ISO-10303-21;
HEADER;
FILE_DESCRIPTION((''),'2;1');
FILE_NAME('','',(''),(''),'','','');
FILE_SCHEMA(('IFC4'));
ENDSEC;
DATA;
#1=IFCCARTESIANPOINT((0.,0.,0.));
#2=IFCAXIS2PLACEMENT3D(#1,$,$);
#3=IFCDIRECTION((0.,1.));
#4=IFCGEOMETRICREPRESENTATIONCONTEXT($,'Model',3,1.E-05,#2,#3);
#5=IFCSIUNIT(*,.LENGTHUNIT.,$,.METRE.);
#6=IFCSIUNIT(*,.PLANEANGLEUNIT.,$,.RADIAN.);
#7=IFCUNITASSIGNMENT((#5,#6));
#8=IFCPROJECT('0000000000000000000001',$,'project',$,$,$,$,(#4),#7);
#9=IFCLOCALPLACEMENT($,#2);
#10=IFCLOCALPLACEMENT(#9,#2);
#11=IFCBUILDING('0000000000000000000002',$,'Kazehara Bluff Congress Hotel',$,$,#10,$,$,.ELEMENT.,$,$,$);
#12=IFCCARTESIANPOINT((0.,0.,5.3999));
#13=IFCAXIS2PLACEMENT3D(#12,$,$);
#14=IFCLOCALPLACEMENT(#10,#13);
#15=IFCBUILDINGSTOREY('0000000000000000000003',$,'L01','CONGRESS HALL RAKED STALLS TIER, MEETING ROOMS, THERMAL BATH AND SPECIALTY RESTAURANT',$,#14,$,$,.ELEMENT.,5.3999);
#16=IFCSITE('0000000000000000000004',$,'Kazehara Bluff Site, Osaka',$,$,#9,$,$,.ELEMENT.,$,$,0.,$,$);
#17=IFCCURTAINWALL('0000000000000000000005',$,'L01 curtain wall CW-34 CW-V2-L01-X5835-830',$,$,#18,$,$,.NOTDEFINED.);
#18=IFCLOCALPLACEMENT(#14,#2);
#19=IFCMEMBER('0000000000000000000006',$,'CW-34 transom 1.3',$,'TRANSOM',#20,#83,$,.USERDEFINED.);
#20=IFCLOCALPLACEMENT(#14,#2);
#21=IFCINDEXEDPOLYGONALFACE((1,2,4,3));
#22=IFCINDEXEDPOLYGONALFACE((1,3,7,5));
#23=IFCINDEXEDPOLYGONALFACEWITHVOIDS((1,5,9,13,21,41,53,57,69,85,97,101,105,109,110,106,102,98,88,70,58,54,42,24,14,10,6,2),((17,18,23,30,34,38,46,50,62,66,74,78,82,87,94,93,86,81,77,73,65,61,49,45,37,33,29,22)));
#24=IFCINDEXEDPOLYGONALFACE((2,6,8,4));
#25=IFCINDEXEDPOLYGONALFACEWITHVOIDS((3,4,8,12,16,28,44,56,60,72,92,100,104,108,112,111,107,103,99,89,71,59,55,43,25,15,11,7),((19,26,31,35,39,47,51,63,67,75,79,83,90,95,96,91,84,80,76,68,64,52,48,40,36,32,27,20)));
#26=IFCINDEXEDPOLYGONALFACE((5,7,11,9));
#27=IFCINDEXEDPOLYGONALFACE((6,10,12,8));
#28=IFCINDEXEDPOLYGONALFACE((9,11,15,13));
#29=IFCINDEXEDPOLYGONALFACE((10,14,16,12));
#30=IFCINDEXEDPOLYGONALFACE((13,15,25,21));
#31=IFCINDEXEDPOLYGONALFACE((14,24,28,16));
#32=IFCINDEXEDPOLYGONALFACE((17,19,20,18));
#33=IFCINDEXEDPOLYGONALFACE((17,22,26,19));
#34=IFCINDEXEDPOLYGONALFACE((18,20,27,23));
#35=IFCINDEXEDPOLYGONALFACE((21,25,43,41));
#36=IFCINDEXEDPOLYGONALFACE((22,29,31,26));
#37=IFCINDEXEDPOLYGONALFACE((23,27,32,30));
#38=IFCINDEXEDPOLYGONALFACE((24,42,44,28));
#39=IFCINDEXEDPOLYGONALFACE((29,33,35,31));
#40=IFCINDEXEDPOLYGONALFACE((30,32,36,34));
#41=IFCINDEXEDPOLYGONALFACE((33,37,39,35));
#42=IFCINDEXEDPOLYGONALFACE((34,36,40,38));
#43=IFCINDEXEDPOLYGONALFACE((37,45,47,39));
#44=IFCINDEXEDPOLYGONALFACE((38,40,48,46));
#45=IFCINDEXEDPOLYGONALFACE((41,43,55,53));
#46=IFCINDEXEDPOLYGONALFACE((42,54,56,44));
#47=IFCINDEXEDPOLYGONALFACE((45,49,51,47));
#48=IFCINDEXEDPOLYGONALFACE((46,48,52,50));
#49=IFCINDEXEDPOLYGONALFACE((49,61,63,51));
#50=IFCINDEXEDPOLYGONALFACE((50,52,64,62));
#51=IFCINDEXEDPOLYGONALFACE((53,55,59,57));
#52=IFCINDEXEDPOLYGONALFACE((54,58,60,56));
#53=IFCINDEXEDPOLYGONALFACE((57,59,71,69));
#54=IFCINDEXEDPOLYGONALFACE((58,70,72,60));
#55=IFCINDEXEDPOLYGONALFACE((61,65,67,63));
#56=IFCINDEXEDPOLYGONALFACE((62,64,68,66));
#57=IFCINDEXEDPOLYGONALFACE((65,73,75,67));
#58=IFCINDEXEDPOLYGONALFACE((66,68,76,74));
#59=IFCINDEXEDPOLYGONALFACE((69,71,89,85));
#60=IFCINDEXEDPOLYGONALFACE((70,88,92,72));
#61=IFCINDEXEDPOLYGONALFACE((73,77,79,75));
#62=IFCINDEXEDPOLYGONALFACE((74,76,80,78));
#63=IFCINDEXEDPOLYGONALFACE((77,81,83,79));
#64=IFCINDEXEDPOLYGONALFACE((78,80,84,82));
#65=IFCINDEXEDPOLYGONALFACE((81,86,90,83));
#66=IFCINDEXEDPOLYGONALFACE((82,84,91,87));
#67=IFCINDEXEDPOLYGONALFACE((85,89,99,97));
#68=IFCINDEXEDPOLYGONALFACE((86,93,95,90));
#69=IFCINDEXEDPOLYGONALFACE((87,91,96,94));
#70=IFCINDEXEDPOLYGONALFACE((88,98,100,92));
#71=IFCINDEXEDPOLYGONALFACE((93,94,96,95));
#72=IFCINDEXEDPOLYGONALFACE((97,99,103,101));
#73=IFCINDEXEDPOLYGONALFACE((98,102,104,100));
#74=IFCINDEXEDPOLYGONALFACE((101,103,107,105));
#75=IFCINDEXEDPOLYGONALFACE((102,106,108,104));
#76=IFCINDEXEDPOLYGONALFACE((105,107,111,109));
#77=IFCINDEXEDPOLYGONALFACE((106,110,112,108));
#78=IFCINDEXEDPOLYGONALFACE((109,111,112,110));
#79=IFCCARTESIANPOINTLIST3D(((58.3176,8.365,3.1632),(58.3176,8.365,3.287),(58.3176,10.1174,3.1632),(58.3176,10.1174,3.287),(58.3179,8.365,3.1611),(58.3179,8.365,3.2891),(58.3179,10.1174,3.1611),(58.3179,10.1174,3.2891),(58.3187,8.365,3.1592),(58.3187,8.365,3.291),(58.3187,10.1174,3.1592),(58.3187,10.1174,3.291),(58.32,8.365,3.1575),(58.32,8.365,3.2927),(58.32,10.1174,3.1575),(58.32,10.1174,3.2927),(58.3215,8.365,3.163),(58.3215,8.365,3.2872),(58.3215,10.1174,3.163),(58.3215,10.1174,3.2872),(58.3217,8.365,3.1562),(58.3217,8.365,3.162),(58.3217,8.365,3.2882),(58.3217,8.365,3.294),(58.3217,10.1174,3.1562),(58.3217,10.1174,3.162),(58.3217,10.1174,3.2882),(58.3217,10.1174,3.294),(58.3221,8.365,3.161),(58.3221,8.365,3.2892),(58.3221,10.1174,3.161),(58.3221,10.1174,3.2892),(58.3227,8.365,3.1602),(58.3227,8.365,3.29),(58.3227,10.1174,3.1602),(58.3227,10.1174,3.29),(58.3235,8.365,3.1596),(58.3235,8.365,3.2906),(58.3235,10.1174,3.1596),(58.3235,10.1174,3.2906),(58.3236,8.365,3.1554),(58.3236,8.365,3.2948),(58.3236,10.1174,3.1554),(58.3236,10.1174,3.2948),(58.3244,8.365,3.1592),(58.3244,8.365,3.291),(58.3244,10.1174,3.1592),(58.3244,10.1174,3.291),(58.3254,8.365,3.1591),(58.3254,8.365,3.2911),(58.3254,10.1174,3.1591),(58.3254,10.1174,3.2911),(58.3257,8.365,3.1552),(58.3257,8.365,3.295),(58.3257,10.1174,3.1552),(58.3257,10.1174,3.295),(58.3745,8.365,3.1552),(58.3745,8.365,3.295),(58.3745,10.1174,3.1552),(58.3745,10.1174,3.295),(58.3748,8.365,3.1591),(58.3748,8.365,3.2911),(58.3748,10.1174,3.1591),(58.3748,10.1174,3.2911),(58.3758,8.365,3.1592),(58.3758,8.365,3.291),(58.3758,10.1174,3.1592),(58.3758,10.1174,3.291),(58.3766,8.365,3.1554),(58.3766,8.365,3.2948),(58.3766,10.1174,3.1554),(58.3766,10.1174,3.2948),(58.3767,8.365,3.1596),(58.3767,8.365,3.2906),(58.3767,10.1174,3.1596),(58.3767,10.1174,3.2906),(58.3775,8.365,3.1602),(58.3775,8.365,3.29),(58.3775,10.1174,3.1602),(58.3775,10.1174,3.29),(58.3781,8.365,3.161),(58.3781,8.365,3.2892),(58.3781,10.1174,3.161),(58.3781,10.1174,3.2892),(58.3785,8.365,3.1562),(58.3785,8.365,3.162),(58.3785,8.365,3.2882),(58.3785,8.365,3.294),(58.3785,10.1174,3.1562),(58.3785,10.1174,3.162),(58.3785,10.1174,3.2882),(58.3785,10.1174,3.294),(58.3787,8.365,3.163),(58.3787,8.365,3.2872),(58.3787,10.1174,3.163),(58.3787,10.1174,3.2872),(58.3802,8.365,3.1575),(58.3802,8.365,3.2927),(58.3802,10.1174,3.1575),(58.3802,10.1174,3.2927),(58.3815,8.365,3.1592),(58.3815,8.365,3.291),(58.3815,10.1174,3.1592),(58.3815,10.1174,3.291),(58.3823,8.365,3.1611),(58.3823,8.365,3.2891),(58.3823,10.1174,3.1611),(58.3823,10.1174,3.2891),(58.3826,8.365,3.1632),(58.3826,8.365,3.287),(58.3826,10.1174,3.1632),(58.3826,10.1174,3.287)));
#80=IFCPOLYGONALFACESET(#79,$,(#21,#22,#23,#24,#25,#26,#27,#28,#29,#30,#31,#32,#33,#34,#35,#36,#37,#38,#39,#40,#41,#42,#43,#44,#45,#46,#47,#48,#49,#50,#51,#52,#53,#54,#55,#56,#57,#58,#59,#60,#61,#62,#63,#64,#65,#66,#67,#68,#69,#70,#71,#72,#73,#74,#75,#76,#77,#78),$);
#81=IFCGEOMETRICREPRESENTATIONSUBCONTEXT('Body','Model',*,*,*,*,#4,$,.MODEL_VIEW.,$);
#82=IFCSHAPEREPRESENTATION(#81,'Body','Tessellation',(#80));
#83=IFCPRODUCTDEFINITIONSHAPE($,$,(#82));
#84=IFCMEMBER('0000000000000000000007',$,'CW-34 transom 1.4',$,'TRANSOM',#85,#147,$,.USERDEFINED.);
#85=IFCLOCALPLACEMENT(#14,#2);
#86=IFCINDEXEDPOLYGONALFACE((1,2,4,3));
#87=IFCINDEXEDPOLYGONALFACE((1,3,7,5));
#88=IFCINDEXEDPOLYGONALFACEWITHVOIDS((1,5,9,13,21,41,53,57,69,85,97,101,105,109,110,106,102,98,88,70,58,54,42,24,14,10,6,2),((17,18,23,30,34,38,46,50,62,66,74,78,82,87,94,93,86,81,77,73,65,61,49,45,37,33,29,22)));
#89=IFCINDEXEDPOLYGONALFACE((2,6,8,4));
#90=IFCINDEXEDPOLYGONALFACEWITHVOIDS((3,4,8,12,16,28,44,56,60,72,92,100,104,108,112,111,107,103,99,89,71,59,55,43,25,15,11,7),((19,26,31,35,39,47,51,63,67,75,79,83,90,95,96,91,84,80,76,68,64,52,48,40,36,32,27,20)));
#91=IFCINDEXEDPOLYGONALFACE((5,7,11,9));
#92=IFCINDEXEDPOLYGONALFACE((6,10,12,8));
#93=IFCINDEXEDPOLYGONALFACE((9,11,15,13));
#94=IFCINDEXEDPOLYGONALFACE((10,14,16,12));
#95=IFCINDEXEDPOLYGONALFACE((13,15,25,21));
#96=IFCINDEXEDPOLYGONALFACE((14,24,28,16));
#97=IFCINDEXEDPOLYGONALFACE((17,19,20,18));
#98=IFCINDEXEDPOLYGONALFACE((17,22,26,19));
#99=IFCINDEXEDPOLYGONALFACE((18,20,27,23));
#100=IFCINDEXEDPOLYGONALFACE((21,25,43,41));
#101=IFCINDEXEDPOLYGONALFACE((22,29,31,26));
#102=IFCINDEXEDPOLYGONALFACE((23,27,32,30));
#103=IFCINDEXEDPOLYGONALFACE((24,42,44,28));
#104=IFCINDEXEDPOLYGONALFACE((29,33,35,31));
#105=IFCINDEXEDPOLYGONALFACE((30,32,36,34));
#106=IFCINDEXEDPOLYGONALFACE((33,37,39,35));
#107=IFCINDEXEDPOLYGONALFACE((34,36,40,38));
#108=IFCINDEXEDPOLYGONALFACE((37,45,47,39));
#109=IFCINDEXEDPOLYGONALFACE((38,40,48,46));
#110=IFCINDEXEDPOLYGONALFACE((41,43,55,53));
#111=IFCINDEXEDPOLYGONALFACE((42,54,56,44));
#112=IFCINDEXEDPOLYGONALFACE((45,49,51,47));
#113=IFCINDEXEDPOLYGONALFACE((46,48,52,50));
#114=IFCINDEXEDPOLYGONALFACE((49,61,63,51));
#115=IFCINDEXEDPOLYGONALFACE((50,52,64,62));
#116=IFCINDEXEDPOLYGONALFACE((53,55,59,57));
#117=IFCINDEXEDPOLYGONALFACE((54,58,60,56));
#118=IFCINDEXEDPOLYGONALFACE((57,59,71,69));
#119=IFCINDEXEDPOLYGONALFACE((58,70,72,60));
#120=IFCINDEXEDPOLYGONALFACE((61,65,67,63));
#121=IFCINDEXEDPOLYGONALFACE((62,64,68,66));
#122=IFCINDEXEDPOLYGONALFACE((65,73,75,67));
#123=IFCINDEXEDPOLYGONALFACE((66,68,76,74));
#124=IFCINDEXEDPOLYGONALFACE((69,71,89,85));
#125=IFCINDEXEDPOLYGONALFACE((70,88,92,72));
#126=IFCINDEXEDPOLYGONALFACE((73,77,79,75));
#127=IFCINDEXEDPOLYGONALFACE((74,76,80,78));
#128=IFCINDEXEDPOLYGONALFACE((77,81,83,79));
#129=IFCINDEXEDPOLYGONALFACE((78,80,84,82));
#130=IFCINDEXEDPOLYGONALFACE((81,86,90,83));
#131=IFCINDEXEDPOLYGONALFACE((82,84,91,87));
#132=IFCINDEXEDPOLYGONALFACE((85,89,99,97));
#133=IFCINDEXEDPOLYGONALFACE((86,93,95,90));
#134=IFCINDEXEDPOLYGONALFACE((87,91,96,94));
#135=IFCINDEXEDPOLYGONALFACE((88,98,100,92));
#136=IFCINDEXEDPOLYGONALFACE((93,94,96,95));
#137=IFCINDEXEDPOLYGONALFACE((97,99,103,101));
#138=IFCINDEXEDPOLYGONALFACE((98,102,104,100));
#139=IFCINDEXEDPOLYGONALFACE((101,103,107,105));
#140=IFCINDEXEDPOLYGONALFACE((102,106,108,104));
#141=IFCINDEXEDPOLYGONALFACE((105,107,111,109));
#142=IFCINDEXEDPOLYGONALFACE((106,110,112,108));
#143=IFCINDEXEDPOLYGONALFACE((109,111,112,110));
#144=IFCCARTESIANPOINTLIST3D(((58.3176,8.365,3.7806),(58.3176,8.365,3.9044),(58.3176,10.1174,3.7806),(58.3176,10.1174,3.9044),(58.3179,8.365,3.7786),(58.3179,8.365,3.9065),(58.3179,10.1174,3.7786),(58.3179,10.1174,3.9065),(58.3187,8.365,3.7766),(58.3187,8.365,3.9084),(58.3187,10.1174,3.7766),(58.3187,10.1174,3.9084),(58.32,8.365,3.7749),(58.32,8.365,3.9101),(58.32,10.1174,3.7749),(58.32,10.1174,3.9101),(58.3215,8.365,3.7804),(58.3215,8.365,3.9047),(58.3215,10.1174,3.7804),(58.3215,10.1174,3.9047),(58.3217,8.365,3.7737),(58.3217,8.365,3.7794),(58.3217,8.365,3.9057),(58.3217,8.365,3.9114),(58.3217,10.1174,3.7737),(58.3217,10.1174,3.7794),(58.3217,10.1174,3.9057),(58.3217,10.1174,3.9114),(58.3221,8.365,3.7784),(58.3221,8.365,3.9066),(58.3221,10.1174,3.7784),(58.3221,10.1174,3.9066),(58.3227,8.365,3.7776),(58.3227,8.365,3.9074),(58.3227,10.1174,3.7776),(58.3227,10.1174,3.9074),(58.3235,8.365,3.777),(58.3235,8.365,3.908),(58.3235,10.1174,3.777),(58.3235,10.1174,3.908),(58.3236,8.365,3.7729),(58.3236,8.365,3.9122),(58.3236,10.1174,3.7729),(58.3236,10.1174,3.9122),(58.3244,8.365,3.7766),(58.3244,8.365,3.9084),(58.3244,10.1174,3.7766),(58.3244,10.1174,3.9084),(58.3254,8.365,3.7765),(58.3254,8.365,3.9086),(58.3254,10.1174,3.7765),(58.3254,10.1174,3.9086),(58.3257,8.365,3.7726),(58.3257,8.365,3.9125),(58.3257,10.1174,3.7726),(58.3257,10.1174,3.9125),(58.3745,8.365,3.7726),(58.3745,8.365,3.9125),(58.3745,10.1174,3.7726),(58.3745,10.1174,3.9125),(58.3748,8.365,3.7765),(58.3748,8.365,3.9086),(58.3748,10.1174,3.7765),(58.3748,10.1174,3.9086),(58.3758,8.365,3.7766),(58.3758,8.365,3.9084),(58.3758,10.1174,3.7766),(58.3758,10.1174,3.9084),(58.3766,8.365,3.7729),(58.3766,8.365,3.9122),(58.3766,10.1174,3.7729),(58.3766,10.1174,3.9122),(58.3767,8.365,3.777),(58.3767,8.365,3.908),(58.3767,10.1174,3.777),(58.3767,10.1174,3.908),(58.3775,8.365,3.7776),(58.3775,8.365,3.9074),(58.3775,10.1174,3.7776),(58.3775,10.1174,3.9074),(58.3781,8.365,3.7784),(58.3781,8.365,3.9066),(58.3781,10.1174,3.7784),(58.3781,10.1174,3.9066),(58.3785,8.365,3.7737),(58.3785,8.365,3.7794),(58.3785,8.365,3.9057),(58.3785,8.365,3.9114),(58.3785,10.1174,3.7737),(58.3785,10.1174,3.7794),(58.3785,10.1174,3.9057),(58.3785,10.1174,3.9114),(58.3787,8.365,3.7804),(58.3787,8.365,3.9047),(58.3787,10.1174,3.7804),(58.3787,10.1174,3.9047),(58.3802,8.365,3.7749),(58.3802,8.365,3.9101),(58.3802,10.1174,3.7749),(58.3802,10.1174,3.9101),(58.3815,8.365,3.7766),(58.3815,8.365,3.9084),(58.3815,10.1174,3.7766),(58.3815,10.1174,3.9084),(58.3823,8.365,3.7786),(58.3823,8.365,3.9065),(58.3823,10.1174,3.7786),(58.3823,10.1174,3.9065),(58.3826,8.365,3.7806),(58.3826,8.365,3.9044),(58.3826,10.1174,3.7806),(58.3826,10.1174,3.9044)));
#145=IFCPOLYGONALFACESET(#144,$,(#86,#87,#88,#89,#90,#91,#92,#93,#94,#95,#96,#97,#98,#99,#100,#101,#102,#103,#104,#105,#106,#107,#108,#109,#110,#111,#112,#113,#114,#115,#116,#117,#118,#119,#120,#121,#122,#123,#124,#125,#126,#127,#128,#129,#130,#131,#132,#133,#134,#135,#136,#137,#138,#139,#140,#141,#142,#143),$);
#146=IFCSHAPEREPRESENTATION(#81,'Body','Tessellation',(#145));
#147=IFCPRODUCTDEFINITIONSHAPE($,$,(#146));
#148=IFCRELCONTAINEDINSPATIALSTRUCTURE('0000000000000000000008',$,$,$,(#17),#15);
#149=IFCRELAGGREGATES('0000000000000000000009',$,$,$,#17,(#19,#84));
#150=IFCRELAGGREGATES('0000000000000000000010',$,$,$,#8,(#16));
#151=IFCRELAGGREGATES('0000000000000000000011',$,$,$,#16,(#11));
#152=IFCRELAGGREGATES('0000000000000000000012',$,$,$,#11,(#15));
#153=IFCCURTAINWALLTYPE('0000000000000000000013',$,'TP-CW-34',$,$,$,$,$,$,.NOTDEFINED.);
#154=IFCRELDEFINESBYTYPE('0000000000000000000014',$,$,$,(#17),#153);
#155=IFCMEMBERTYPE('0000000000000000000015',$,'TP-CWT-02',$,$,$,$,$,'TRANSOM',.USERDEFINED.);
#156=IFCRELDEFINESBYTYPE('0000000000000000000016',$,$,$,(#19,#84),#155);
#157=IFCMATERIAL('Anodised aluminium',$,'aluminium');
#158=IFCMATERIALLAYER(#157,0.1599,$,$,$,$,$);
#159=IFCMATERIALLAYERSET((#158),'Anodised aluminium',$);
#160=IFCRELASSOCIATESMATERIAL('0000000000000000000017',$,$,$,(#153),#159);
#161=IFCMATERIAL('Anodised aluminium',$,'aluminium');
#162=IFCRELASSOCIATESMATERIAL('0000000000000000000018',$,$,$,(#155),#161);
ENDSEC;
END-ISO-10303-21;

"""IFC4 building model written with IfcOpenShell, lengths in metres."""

from ifc_helpers import new_model, si_unit, direction, frame, origin, origin_2d, place, context, subcontext, project, spatial, hollow_rectangle, extrude, material, layer, layer_set, material_profile, profile_set, type_object, element, aggregate, save


model = new_model("IFC4")

# Units and contexts
model_context = context("Model", 3, precision=1e-05, world=origin(), true_north=direction((0.0, 1.0)))
body_context = subcontext(model_context, "Body", "Model", "MODEL_VIEW")
ifc_project = project(units=[si_unit("LENGTHUNIT", "METRE"), si_unit("PLANEANGLEUNIT", "RADIAN")], contexts=[model_context])

# Site, building, storey
site_placement = place(None, origin())
site = spatial("IfcSite", under=ifc_project, at=site_placement, Name="Kazehara Bluff Site, Osaka", CompositionType="ELEMENT", RefElevation=0.0)
building_placement = place(site_placement, origin())
building = spatial("IfcBuilding", under=site, at=building_placement, Name="Kazehara Bluff Congress Hotel", CompositionType="ELEMENT")
storey_placement = place(building_placement, frame((0.0, 0.0, 5.3999)))
storey = spatial("IfcBuildingStorey", under=building, at=storey_placement, Name="L01", Description="CONGRESS HALL RAKED STALLS TIER, MEETING ROOMS, THERMAL BATH AND SPECIALTY RESTAURANT", CompositionType="ELEMENT", Elevation=5.3999)

# Curtain wall
ifc_material_1 = material(Name="Anodised aluminium", Category="aluminium")
ifc_layer_1 = layer(ifc_material_1, 0.1599)
ifc_layer_set_1 = layer_set([ifc_layer_1], Name="Anodised aluminium")
curtain_wall_type_1 = type_object("IfcCurtainWallType", Name="TP-CW-34", PredefinedType="NOTDEFINED", material=ifc_layer_set_1)
curtain_wall_1_placement = place(storey_placement, origin())
curtain_wall_1 = element("IfcCurtainWall", 1, at=curtain_wall_1_placement, inside=storey, type_object=curtain_wall_type_1, Name="L01 curtain wall CW-34 CW-V2-L01-X5835-830", PredefinedType="NOTDEFINED")

# Members
ifc_material_2 = material(Name="Anodised aluminium", Category="aluminium")
ifc_material_profile_1 = material_profile(ifc_material_2, hollow_rectangle(XDim=0.0649, YDim=0.1399, WallThickness=0.0039, InnerFilletRadius=0.0039, OuterFilletRadius=0.0081, at=origin_2d()))
ifc_profile_set_1 = profile_set([ifc_material_profile_1], Name="Anodised aluminium")
member_type_1 = type_object("IfcMemberType", Name="TP-CWT-02", ElementType="TRANSOM", PredefinedType="USERDEFINED", material=ifc_profile_set_1)
member_1_placement = place(storey_placement, frame((58.3501, 8.365, 3.2251), z_axis=(0.0, 1.0, 0.0), x_axis=(-1.0, 0.0, 0.0)))
member_1 = element("IfcMember", 2, at=member_1_placement, type_object=member_type_1, Name="CW-34 transom 1.3", ObjectType="TRANSOM", PredefinedType="USERDEFINED", context=body_context, shape_type="SweptSolid", body=[
    extrude(hollow_rectangle(XDim=0.0649, YDim=0.1399, WallThickness=0.0039, InnerFilletRadius=0.0039, OuterFilletRadius=0.0081, at=origin_2d()), origin(), (0.0, 0.0, 1.0), 1.7524),
])
member_2_placement = place(storey_placement, frame((58.3501, 8.365, 3.8425), z_axis=(0.0, 1.0, 0.0), x_axis=(-1.0, 0.0, 0.0)))
member_2 = element("IfcMember", 3, at=member_2_placement, type_object=member_type_1, Name="CW-34 transom 1.4", ObjectType="TRANSOM", PredefinedType="USERDEFINED", context=body_context, shape_type="SweptSolid", body=[
    extrude(hollow_rectangle(XDim=0.0649, YDim=0.1399, WallThickness=0.0039, InnerFilletRadius=0.0039, OuterFilletRadius=0.0081, at=origin_2d()), origin(), (0.0, 0.0, 1.0), 1.7524),
])

aggregate(curtain_wall_1, [member_1, member_2])

save(model, "model.ifc")
